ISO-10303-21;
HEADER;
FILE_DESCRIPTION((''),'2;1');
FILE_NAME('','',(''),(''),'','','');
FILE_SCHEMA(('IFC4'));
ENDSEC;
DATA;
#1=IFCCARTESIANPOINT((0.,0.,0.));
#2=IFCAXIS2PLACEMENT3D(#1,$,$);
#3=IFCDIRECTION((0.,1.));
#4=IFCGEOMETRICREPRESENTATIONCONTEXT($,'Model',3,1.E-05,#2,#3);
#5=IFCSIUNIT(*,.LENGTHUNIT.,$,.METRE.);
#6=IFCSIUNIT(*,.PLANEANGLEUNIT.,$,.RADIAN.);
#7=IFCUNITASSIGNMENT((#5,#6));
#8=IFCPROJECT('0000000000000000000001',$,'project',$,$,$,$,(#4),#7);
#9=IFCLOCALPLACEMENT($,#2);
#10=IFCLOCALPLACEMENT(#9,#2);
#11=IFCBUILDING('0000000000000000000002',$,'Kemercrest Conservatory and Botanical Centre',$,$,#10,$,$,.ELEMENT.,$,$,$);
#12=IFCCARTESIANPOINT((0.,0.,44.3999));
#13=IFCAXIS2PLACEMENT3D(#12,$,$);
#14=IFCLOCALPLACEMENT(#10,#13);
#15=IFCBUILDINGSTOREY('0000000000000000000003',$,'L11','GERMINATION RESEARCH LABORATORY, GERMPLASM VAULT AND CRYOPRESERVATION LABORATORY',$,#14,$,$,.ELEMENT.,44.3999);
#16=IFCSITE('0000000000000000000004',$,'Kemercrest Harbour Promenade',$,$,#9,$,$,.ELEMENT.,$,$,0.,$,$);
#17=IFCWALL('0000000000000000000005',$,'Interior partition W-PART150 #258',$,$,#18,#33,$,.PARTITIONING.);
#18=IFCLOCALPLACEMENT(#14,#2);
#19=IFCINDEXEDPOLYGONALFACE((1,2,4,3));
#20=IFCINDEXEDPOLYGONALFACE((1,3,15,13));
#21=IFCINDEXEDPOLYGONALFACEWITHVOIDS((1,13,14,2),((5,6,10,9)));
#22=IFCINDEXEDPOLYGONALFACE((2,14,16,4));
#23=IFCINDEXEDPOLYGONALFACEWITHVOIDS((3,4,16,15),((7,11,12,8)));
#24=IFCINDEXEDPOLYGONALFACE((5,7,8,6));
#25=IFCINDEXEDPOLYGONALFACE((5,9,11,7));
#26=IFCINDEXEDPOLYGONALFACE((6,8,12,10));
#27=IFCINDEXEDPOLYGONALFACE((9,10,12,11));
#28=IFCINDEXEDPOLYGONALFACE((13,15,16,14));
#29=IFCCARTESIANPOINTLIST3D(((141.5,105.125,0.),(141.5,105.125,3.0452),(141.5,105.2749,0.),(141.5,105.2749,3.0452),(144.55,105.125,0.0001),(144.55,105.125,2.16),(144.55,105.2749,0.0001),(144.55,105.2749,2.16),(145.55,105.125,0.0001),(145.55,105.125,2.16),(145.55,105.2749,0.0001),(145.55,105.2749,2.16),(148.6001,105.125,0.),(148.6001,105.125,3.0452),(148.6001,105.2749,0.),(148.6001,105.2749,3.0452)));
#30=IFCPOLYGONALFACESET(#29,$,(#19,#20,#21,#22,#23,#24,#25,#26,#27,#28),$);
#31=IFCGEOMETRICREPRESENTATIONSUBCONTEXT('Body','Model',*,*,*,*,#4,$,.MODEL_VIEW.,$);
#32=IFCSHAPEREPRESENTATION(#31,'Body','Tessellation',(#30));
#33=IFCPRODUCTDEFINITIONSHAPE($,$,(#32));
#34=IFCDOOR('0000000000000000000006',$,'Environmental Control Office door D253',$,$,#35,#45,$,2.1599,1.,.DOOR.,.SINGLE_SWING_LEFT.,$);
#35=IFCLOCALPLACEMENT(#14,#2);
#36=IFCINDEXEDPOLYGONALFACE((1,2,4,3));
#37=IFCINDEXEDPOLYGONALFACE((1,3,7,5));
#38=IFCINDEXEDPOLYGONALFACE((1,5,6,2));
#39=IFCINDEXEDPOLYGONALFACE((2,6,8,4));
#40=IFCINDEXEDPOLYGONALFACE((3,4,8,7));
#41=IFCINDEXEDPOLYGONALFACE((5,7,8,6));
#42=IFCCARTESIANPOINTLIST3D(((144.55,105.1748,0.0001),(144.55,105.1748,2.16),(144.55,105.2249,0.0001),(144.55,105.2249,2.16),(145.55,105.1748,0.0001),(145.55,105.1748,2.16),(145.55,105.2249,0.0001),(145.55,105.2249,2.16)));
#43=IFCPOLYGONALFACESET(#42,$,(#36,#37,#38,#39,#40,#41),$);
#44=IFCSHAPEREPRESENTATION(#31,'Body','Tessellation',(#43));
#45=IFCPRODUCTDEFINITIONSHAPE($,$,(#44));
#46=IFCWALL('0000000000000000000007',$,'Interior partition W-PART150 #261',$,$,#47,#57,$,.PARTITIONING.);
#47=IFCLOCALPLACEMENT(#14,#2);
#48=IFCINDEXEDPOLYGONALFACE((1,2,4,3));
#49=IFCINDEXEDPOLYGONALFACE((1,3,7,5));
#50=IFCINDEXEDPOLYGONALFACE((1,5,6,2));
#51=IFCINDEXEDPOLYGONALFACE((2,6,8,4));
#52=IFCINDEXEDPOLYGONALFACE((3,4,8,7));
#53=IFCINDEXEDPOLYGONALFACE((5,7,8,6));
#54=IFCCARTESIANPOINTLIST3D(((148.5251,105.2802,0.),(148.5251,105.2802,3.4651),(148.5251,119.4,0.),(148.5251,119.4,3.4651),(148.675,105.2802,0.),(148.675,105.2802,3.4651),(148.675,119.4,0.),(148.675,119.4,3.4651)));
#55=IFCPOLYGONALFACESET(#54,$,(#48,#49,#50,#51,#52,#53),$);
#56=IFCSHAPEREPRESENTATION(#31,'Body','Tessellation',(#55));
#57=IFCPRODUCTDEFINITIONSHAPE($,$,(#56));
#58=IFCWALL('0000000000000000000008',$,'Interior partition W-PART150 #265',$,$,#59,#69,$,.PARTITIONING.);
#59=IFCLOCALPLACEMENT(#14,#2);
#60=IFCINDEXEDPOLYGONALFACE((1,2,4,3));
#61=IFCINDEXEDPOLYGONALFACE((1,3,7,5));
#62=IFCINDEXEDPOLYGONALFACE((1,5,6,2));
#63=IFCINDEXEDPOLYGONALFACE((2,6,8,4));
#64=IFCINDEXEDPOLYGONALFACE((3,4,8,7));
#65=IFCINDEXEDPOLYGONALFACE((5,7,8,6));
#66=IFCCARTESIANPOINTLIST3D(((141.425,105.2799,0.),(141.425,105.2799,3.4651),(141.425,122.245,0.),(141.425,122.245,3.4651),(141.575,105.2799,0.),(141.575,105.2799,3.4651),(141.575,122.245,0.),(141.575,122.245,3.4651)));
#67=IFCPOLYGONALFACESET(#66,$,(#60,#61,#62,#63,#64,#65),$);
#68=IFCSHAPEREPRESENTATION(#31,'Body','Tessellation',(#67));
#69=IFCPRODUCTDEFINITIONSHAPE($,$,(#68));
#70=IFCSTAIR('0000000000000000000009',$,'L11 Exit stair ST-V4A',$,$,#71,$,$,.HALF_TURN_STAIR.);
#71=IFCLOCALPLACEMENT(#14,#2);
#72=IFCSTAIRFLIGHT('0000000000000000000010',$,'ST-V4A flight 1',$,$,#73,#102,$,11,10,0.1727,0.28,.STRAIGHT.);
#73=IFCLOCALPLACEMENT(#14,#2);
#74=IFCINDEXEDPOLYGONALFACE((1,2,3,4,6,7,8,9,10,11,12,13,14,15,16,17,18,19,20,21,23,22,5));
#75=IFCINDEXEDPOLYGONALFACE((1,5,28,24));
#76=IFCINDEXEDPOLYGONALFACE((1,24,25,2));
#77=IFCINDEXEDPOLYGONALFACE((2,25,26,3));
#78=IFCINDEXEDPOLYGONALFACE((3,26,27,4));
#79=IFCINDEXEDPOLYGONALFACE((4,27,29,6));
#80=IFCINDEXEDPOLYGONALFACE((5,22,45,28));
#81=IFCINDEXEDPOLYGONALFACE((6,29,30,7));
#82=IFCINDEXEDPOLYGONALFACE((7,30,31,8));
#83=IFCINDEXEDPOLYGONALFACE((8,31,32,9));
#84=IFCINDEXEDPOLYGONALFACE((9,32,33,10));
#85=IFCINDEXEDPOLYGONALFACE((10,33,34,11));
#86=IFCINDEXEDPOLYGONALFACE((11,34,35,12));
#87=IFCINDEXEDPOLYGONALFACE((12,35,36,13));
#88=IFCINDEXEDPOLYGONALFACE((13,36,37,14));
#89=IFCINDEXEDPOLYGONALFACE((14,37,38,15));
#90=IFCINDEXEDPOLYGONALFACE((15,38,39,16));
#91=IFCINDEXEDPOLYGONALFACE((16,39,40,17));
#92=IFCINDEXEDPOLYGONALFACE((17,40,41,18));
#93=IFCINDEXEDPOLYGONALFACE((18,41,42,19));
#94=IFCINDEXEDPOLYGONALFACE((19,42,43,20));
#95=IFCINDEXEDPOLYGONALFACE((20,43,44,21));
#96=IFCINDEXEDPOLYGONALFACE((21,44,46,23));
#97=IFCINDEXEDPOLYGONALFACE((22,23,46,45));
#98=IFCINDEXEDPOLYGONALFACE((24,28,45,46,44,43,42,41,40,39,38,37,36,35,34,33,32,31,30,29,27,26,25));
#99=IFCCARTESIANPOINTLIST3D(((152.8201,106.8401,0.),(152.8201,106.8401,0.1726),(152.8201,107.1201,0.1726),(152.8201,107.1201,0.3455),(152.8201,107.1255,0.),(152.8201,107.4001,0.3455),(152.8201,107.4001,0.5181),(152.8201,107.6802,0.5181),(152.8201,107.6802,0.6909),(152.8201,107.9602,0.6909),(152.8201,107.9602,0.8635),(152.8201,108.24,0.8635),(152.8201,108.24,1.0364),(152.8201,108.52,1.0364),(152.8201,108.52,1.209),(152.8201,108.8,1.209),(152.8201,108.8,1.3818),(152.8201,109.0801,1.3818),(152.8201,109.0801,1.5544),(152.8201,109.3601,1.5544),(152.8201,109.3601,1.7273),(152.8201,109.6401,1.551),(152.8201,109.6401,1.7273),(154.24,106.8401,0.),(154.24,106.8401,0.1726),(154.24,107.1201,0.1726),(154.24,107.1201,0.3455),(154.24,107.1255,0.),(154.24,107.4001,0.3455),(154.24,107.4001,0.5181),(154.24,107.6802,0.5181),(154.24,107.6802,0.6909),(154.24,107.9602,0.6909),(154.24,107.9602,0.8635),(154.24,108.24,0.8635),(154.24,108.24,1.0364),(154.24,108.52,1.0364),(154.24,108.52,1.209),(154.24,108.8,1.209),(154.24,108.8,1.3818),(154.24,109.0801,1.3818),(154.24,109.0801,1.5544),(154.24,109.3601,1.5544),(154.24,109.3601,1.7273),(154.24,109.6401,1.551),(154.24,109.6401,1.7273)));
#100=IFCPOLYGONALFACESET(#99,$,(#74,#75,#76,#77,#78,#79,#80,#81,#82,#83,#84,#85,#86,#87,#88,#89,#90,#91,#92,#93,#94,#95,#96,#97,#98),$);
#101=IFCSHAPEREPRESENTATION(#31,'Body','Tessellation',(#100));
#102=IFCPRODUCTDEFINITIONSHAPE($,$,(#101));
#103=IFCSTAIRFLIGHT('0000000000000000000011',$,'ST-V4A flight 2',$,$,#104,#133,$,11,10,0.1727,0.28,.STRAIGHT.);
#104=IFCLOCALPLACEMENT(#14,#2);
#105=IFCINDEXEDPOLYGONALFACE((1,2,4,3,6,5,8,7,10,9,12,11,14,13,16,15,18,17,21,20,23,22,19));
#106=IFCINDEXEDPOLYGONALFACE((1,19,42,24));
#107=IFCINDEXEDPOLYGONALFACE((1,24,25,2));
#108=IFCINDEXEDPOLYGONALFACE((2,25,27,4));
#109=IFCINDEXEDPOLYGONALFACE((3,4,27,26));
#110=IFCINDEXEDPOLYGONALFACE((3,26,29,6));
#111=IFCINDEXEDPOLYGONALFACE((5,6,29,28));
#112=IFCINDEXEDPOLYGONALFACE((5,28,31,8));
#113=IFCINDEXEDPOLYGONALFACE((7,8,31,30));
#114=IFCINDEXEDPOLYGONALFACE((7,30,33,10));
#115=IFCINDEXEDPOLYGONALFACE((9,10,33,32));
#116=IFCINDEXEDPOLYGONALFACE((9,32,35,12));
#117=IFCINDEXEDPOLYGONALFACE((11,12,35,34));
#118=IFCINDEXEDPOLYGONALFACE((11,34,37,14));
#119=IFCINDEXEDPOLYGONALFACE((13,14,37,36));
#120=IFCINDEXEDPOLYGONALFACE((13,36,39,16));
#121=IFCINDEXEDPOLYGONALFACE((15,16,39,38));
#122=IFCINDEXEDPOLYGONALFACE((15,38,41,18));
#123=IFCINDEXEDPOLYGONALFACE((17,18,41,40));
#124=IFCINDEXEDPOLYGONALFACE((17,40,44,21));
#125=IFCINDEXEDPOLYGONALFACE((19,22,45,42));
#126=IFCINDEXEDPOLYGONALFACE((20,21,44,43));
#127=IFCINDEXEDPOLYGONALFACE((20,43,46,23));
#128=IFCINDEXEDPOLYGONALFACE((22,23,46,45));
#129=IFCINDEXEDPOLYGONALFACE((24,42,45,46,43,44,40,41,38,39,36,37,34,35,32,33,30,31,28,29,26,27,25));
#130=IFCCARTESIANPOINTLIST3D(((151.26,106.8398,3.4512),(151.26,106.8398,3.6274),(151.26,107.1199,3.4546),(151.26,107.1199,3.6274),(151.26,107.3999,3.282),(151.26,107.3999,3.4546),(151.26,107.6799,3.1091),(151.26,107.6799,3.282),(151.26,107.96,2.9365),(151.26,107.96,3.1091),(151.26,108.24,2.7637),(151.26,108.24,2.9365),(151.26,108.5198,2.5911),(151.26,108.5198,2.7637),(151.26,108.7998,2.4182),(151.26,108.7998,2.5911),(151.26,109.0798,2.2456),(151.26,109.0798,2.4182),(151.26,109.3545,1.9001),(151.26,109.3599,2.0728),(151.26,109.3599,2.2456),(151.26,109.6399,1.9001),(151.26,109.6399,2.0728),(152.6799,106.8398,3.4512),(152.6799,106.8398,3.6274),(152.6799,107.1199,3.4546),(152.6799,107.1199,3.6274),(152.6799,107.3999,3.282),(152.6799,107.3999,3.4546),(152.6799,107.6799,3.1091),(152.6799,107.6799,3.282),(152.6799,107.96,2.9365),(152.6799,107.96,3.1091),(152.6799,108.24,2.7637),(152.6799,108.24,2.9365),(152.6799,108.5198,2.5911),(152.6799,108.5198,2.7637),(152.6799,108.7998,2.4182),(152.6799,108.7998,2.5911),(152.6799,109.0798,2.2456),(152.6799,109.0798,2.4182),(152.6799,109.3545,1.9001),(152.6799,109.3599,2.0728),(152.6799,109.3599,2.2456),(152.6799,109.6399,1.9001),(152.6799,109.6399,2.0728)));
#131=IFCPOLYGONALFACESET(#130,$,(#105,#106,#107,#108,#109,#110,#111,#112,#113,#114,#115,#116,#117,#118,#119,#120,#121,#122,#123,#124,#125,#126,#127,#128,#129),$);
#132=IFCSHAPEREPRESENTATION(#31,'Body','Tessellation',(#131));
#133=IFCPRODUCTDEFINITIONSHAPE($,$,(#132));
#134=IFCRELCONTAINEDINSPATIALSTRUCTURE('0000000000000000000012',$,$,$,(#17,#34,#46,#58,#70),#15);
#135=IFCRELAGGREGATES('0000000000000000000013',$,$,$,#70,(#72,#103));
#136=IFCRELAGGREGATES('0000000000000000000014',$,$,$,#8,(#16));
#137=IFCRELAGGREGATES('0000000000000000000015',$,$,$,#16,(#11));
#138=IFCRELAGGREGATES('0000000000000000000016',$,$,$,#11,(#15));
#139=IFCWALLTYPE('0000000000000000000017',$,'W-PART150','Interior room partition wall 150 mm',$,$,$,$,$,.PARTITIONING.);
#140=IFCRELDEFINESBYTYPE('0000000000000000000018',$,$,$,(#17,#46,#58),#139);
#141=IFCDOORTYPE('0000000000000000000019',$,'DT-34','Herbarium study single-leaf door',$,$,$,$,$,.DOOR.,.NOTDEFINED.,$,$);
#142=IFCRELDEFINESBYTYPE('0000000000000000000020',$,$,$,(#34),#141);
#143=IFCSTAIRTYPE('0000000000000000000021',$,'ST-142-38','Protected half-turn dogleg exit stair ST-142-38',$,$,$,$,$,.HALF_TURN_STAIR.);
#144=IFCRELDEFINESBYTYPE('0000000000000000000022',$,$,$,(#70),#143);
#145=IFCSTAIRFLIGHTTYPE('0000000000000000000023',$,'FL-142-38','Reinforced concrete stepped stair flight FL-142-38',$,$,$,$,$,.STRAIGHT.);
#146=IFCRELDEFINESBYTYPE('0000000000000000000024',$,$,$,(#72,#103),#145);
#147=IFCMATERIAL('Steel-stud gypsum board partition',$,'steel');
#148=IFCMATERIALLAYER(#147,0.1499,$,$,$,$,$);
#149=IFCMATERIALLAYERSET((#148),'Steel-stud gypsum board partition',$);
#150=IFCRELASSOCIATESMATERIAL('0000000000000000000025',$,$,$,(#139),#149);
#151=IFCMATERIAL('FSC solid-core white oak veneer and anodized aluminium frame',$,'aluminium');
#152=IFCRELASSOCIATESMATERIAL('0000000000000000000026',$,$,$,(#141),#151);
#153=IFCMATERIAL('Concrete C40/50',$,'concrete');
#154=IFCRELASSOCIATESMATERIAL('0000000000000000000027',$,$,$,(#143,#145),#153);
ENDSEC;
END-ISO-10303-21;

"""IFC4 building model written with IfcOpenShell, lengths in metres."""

from ifc_helpers import new_model, si_unit, direction, frame, frame_2d, origin, place, context, subcontext, project, spatial, polyline, rectangle, outline, extrude, material, layer, layer_set, type_object, element, fill, aggregate, save


model = new_model("IFC4")

# Units and contexts
model_context = context("Model", 3, precision=1e-05, world=origin(), true_north=direction((0.0, 1.0)))
body_context = subcontext(model_context, "Body", "Model", "MODEL_VIEW")
ifc_project = project(units=[si_unit("LENGTHUNIT", "METRE"), si_unit("PLANEANGLEUNIT", "RADIAN")], contexts=[model_context])

# Site, building, storey
site_placement = place(None, origin())
site = spatial("IfcSite", under=ifc_project, at=site_placement, Name="Kemercrest Harbour Promenade", CompositionType="ELEMENT", RefElevation=0.0)
building_placement = place(site_placement, origin())
building = spatial("IfcBuilding", under=site, at=building_placement, Name="Kemercrest Conservatory and Botanical Centre", CompositionType="ELEMENT")
storey_placement = place(building_placement, frame((0.0, 0.0, 44.3999)))
storey = spatial("IfcBuildingStorey", under=building, at=storey_placement, Name="L11", Description="GERMINATION RESEARCH LABORATORY, GERMPLASM VAULT AND CRYOPRESERVATION LABORATORY", CompositionType="ELEMENT", Elevation=44.3999)

# Shared definitions
ifc_material_1 = material(Name="Concrete C40/50", Category="concrete")

# Wall, opening, door
ifc_material_2 = material(Name="Steel-stud gypsum board partition", Category="steel")
ifc_layer_1 = layer(ifc_material_2, 0.1499)
ifc_layer_set_1 = layer_set([ifc_layer_1], Name="Steel-stud gypsum board partition")
wall_type_1 = type_object("IfcWallType", Name="W-PART150", Description="Interior room partition wall 150 mm", PredefinedType="PARTITIONING", material=ifc_layer_set_1)
ifc_material_3 = material(Name="FSC solid-core white oak veneer and anodized aluminium frame", Category="aluminium")
wall_1_placement = place(storey_placement, frame((141.5, 105.2, 0.0), z_axis=(0.0, 0.0, 1.0), x_axis=(1.0, 0.0, 0.0)))
wall_1 = element("IfcWall", 1, at=wall_1_placement, inside=storey, type_object=wall_type_1, Name="Interior partition W-PART150 #258", PredefinedType="PARTITIONING", context=body_context, shape_type="SweptSolid", body=[
    extrude(rectangle(XDim=7.1001, YDim=0.1499, at=frame_2d((3.55, 0.0))), origin(), (0.0, 0.0, 1.0), 3.0452),
])
opening_1_placement = place(wall_1_placement, frame((3.05, 0.0, 0.0)))
opening_1 = element("IfcOpeningElement", 2, at=opening_1_placement, cuts=wall_1, PredefinedType="OPENING", context=body_context, shape_type="SweptSolid", body=[
    extrude(rectangle(XDim=1.0, YDim=2.1599, at=frame_2d((0.5, 1.0801))), frame((0.0, 0.085, 0.0), z_axis=(0.0, -1.0, 0.0), x_axis=(1.0, 0.0, 0.0)), (0.0, 0.0, 1.0), 0.1699),
])
door_type_1 = type_object("IfcDoorType", Name="DT-34", Description="Herbarium study single-leaf door", OperationType="NOTDEFINED", PredefinedType="DOOR", material=ifc_material_3)
door_1_placement = place(opening_1_placement, origin())
door_1 = element("IfcDoor", 3, at=door_1_placement, inside=storey, type_object=door_type_1, Name="Environmental Control Office door D253", OperationType="SINGLE_SWING_LEFT", OverallHeight=2.1599, OverallWidth=1.0, PredefinedType="DOOR", context=body_context, shape_type="SweptSolid", body=[
    extrude(rectangle(XDim=1.0, YDim=2.1599, at=frame_2d((0.5, 1.0801))), frame((0.0, 0.0249, 0.0), z_axis=(0.0, -1.0, 0.0), x_axis=(1.0, 0.0, 0.0)), (0.0, 0.0, 1.0), 0.05),
])
fill(opening_1, door_1)

# Walls
wall_2_placement = place(storey_placement, frame((148.6001, 105.28, 0.0), z_axis=(0.0, 0.0, 1.0), x_axis=(0.0, 1.0, 0.0)))
element("IfcWall", 4, at=wall_2_placement, inside=storey, type_object=wall_type_1, Name="Interior partition W-PART150 #261", PredefinedType="PARTITIONING", context=body_context, shape_type="SweptSolid", body=[
    extrude(rectangle(XDim=14.1199, YDim=0.1499, at=frame_2d((7.0601, 0.0))), origin(), (0.0, 0.0, 1.0), 3.4651),
])
wall_3_placement = place(storey_placement, frame((141.5, 105.28, 0.0), z_axis=(0.0, 0.0, 1.0), x_axis=(0.0, 1.0, 0.0)))
element("IfcWall", 5, at=wall_3_placement, inside=storey, type_object=wall_type_1, Name="Interior partition W-PART150 #265", PredefinedType="PARTITIONING", context=body_context, shape_type="SweptSolid", body=[
    extrude(rectangle(XDim=16.9651, YDim=0.1499, at=frame_2d((8.4824, 0.0))), origin(), (0.0, 0.0, 1.0), 3.4651),
])

# Stair, stair flights
stair_type = type_object("IfcStairType", Name="ST-142-38", Description="Protected half-turn dogleg exit stair ST-142-38", PredefinedType="HALF_TURN_STAIR", material=ifc_material_1)
stair_placement = place(storey_placement, origin())
stair = element("IfcStair", 6, at=stair_placement, inside=storey, type_object=stair_type, Name="L11 Exit stair ST-V4A", PredefinedType="HALF_TURN_STAIR")
stair_flight_type = type_object("IfcStairFlightType", Name="FL-142-38", Description="Reinforced concrete stepped stair flight FL-142-38", PredefinedType="STRAIGHT", material=ifc_material_1)
stair_flight_1_placement = place(storey_placement, frame((153.53, 106.8401, 0.0), z_axis=(0.0, 0.0, 1.0), x_axis=(0.0, 1.0, 0.0)))
stair_flight_1 = element("IfcStairFlight", 7, at=stair_flight_1_placement, type_object=stair_flight_type, Name="ST-V4A flight 1", NumberOfRisers=11, NumberOfTreads=10, PredefinedType="STRAIGHT", RiserHeight=0.1727, TreadLength=0.28, context=body_context, shape_type="SweptSolid", body=[
    extrude(outline(polyline([(0.0, 0.0), (0.0, 0.1726), (0.28, 0.1726), (0.28, 0.3455), (0.5601, 0.3455), (0.5601, 0.5181), (0.8401, 0.5181), (0.8401, 0.6909), (1.1201, 0.6909), (1.1201, 0.8635), (1.3999, 0.8635), (1.3999, 1.0364), (1.6799, 1.0364), (1.6799, 1.209), (1.96, 1.209), (1.96, 1.3818), (2.24, 1.3818), (2.24, 1.5544), (2.52, 1.5544), (2.52, 1.7273), (2.8, 1.7273), (2.8, 1.8999), (2.8, 1.551), (0.2854, 0.0), (0.0, 0.0)])), frame((0.0, 0.71, 0.0), z_axis=(0.0, -1.0, 0.0), x_axis=(1.0, 0.0, 0.0)), (0.0, 0.0, 1.0), 1.4199),
])
stair_flight_2_placement = place(storey_placement, frame((151.97, 109.6399, 1.9001), z_axis=(0.0, 0.0, 1.0), x_axis=(0.0, -1.0, 0.0)))
stair_flight_2 = element("IfcStairFlight", 8, at=stair_flight_2_placement, type_object=stair_flight_type, Name="ST-V4A flight 2", NumberOfRisers=11, NumberOfTreads=10, PredefinedType="STRAIGHT", RiserHeight=0.1727, TreadLength=0.28, context=body_context, shape_type="SweptSolid", body=[
    extrude(outline(polyline([(0.0, 0.0), (0.0, 0.1726), (0.28, 0.1726), (0.28, 0.3455), (0.5601, 0.3455), (0.5601, 0.5181), (0.8401, 0.5181), (0.8401, 0.6909), (1.1201, 0.6909), (1.1201, 0.8635), (1.3999, 0.8635), (1.3999, 1.0364), (1.6799, 1.0364), (1.6799, 1.209), (1.96, 1.209), (1.96, 1.3818), (2.24, 1.3818), (2.24, 1.5544), (2.52, 1.5544), (2.52, 1.7273), (2.8, 1.7273), (2.8, 1.8999), (2.8, 1.551), (0.2854, 0.0), (0.0, 0.0)])), frame((0.0, 0.71, 0.0), z_axis=(0.0, -1.0, 0.0), x_axis=(1.0, 0.0, 0.0)), (0.0, 0.0, 1.0), 1.4199),
])
aggregate(stair, [stair_flight_1, stair_flight_2])

save(model, "model.ifc")
